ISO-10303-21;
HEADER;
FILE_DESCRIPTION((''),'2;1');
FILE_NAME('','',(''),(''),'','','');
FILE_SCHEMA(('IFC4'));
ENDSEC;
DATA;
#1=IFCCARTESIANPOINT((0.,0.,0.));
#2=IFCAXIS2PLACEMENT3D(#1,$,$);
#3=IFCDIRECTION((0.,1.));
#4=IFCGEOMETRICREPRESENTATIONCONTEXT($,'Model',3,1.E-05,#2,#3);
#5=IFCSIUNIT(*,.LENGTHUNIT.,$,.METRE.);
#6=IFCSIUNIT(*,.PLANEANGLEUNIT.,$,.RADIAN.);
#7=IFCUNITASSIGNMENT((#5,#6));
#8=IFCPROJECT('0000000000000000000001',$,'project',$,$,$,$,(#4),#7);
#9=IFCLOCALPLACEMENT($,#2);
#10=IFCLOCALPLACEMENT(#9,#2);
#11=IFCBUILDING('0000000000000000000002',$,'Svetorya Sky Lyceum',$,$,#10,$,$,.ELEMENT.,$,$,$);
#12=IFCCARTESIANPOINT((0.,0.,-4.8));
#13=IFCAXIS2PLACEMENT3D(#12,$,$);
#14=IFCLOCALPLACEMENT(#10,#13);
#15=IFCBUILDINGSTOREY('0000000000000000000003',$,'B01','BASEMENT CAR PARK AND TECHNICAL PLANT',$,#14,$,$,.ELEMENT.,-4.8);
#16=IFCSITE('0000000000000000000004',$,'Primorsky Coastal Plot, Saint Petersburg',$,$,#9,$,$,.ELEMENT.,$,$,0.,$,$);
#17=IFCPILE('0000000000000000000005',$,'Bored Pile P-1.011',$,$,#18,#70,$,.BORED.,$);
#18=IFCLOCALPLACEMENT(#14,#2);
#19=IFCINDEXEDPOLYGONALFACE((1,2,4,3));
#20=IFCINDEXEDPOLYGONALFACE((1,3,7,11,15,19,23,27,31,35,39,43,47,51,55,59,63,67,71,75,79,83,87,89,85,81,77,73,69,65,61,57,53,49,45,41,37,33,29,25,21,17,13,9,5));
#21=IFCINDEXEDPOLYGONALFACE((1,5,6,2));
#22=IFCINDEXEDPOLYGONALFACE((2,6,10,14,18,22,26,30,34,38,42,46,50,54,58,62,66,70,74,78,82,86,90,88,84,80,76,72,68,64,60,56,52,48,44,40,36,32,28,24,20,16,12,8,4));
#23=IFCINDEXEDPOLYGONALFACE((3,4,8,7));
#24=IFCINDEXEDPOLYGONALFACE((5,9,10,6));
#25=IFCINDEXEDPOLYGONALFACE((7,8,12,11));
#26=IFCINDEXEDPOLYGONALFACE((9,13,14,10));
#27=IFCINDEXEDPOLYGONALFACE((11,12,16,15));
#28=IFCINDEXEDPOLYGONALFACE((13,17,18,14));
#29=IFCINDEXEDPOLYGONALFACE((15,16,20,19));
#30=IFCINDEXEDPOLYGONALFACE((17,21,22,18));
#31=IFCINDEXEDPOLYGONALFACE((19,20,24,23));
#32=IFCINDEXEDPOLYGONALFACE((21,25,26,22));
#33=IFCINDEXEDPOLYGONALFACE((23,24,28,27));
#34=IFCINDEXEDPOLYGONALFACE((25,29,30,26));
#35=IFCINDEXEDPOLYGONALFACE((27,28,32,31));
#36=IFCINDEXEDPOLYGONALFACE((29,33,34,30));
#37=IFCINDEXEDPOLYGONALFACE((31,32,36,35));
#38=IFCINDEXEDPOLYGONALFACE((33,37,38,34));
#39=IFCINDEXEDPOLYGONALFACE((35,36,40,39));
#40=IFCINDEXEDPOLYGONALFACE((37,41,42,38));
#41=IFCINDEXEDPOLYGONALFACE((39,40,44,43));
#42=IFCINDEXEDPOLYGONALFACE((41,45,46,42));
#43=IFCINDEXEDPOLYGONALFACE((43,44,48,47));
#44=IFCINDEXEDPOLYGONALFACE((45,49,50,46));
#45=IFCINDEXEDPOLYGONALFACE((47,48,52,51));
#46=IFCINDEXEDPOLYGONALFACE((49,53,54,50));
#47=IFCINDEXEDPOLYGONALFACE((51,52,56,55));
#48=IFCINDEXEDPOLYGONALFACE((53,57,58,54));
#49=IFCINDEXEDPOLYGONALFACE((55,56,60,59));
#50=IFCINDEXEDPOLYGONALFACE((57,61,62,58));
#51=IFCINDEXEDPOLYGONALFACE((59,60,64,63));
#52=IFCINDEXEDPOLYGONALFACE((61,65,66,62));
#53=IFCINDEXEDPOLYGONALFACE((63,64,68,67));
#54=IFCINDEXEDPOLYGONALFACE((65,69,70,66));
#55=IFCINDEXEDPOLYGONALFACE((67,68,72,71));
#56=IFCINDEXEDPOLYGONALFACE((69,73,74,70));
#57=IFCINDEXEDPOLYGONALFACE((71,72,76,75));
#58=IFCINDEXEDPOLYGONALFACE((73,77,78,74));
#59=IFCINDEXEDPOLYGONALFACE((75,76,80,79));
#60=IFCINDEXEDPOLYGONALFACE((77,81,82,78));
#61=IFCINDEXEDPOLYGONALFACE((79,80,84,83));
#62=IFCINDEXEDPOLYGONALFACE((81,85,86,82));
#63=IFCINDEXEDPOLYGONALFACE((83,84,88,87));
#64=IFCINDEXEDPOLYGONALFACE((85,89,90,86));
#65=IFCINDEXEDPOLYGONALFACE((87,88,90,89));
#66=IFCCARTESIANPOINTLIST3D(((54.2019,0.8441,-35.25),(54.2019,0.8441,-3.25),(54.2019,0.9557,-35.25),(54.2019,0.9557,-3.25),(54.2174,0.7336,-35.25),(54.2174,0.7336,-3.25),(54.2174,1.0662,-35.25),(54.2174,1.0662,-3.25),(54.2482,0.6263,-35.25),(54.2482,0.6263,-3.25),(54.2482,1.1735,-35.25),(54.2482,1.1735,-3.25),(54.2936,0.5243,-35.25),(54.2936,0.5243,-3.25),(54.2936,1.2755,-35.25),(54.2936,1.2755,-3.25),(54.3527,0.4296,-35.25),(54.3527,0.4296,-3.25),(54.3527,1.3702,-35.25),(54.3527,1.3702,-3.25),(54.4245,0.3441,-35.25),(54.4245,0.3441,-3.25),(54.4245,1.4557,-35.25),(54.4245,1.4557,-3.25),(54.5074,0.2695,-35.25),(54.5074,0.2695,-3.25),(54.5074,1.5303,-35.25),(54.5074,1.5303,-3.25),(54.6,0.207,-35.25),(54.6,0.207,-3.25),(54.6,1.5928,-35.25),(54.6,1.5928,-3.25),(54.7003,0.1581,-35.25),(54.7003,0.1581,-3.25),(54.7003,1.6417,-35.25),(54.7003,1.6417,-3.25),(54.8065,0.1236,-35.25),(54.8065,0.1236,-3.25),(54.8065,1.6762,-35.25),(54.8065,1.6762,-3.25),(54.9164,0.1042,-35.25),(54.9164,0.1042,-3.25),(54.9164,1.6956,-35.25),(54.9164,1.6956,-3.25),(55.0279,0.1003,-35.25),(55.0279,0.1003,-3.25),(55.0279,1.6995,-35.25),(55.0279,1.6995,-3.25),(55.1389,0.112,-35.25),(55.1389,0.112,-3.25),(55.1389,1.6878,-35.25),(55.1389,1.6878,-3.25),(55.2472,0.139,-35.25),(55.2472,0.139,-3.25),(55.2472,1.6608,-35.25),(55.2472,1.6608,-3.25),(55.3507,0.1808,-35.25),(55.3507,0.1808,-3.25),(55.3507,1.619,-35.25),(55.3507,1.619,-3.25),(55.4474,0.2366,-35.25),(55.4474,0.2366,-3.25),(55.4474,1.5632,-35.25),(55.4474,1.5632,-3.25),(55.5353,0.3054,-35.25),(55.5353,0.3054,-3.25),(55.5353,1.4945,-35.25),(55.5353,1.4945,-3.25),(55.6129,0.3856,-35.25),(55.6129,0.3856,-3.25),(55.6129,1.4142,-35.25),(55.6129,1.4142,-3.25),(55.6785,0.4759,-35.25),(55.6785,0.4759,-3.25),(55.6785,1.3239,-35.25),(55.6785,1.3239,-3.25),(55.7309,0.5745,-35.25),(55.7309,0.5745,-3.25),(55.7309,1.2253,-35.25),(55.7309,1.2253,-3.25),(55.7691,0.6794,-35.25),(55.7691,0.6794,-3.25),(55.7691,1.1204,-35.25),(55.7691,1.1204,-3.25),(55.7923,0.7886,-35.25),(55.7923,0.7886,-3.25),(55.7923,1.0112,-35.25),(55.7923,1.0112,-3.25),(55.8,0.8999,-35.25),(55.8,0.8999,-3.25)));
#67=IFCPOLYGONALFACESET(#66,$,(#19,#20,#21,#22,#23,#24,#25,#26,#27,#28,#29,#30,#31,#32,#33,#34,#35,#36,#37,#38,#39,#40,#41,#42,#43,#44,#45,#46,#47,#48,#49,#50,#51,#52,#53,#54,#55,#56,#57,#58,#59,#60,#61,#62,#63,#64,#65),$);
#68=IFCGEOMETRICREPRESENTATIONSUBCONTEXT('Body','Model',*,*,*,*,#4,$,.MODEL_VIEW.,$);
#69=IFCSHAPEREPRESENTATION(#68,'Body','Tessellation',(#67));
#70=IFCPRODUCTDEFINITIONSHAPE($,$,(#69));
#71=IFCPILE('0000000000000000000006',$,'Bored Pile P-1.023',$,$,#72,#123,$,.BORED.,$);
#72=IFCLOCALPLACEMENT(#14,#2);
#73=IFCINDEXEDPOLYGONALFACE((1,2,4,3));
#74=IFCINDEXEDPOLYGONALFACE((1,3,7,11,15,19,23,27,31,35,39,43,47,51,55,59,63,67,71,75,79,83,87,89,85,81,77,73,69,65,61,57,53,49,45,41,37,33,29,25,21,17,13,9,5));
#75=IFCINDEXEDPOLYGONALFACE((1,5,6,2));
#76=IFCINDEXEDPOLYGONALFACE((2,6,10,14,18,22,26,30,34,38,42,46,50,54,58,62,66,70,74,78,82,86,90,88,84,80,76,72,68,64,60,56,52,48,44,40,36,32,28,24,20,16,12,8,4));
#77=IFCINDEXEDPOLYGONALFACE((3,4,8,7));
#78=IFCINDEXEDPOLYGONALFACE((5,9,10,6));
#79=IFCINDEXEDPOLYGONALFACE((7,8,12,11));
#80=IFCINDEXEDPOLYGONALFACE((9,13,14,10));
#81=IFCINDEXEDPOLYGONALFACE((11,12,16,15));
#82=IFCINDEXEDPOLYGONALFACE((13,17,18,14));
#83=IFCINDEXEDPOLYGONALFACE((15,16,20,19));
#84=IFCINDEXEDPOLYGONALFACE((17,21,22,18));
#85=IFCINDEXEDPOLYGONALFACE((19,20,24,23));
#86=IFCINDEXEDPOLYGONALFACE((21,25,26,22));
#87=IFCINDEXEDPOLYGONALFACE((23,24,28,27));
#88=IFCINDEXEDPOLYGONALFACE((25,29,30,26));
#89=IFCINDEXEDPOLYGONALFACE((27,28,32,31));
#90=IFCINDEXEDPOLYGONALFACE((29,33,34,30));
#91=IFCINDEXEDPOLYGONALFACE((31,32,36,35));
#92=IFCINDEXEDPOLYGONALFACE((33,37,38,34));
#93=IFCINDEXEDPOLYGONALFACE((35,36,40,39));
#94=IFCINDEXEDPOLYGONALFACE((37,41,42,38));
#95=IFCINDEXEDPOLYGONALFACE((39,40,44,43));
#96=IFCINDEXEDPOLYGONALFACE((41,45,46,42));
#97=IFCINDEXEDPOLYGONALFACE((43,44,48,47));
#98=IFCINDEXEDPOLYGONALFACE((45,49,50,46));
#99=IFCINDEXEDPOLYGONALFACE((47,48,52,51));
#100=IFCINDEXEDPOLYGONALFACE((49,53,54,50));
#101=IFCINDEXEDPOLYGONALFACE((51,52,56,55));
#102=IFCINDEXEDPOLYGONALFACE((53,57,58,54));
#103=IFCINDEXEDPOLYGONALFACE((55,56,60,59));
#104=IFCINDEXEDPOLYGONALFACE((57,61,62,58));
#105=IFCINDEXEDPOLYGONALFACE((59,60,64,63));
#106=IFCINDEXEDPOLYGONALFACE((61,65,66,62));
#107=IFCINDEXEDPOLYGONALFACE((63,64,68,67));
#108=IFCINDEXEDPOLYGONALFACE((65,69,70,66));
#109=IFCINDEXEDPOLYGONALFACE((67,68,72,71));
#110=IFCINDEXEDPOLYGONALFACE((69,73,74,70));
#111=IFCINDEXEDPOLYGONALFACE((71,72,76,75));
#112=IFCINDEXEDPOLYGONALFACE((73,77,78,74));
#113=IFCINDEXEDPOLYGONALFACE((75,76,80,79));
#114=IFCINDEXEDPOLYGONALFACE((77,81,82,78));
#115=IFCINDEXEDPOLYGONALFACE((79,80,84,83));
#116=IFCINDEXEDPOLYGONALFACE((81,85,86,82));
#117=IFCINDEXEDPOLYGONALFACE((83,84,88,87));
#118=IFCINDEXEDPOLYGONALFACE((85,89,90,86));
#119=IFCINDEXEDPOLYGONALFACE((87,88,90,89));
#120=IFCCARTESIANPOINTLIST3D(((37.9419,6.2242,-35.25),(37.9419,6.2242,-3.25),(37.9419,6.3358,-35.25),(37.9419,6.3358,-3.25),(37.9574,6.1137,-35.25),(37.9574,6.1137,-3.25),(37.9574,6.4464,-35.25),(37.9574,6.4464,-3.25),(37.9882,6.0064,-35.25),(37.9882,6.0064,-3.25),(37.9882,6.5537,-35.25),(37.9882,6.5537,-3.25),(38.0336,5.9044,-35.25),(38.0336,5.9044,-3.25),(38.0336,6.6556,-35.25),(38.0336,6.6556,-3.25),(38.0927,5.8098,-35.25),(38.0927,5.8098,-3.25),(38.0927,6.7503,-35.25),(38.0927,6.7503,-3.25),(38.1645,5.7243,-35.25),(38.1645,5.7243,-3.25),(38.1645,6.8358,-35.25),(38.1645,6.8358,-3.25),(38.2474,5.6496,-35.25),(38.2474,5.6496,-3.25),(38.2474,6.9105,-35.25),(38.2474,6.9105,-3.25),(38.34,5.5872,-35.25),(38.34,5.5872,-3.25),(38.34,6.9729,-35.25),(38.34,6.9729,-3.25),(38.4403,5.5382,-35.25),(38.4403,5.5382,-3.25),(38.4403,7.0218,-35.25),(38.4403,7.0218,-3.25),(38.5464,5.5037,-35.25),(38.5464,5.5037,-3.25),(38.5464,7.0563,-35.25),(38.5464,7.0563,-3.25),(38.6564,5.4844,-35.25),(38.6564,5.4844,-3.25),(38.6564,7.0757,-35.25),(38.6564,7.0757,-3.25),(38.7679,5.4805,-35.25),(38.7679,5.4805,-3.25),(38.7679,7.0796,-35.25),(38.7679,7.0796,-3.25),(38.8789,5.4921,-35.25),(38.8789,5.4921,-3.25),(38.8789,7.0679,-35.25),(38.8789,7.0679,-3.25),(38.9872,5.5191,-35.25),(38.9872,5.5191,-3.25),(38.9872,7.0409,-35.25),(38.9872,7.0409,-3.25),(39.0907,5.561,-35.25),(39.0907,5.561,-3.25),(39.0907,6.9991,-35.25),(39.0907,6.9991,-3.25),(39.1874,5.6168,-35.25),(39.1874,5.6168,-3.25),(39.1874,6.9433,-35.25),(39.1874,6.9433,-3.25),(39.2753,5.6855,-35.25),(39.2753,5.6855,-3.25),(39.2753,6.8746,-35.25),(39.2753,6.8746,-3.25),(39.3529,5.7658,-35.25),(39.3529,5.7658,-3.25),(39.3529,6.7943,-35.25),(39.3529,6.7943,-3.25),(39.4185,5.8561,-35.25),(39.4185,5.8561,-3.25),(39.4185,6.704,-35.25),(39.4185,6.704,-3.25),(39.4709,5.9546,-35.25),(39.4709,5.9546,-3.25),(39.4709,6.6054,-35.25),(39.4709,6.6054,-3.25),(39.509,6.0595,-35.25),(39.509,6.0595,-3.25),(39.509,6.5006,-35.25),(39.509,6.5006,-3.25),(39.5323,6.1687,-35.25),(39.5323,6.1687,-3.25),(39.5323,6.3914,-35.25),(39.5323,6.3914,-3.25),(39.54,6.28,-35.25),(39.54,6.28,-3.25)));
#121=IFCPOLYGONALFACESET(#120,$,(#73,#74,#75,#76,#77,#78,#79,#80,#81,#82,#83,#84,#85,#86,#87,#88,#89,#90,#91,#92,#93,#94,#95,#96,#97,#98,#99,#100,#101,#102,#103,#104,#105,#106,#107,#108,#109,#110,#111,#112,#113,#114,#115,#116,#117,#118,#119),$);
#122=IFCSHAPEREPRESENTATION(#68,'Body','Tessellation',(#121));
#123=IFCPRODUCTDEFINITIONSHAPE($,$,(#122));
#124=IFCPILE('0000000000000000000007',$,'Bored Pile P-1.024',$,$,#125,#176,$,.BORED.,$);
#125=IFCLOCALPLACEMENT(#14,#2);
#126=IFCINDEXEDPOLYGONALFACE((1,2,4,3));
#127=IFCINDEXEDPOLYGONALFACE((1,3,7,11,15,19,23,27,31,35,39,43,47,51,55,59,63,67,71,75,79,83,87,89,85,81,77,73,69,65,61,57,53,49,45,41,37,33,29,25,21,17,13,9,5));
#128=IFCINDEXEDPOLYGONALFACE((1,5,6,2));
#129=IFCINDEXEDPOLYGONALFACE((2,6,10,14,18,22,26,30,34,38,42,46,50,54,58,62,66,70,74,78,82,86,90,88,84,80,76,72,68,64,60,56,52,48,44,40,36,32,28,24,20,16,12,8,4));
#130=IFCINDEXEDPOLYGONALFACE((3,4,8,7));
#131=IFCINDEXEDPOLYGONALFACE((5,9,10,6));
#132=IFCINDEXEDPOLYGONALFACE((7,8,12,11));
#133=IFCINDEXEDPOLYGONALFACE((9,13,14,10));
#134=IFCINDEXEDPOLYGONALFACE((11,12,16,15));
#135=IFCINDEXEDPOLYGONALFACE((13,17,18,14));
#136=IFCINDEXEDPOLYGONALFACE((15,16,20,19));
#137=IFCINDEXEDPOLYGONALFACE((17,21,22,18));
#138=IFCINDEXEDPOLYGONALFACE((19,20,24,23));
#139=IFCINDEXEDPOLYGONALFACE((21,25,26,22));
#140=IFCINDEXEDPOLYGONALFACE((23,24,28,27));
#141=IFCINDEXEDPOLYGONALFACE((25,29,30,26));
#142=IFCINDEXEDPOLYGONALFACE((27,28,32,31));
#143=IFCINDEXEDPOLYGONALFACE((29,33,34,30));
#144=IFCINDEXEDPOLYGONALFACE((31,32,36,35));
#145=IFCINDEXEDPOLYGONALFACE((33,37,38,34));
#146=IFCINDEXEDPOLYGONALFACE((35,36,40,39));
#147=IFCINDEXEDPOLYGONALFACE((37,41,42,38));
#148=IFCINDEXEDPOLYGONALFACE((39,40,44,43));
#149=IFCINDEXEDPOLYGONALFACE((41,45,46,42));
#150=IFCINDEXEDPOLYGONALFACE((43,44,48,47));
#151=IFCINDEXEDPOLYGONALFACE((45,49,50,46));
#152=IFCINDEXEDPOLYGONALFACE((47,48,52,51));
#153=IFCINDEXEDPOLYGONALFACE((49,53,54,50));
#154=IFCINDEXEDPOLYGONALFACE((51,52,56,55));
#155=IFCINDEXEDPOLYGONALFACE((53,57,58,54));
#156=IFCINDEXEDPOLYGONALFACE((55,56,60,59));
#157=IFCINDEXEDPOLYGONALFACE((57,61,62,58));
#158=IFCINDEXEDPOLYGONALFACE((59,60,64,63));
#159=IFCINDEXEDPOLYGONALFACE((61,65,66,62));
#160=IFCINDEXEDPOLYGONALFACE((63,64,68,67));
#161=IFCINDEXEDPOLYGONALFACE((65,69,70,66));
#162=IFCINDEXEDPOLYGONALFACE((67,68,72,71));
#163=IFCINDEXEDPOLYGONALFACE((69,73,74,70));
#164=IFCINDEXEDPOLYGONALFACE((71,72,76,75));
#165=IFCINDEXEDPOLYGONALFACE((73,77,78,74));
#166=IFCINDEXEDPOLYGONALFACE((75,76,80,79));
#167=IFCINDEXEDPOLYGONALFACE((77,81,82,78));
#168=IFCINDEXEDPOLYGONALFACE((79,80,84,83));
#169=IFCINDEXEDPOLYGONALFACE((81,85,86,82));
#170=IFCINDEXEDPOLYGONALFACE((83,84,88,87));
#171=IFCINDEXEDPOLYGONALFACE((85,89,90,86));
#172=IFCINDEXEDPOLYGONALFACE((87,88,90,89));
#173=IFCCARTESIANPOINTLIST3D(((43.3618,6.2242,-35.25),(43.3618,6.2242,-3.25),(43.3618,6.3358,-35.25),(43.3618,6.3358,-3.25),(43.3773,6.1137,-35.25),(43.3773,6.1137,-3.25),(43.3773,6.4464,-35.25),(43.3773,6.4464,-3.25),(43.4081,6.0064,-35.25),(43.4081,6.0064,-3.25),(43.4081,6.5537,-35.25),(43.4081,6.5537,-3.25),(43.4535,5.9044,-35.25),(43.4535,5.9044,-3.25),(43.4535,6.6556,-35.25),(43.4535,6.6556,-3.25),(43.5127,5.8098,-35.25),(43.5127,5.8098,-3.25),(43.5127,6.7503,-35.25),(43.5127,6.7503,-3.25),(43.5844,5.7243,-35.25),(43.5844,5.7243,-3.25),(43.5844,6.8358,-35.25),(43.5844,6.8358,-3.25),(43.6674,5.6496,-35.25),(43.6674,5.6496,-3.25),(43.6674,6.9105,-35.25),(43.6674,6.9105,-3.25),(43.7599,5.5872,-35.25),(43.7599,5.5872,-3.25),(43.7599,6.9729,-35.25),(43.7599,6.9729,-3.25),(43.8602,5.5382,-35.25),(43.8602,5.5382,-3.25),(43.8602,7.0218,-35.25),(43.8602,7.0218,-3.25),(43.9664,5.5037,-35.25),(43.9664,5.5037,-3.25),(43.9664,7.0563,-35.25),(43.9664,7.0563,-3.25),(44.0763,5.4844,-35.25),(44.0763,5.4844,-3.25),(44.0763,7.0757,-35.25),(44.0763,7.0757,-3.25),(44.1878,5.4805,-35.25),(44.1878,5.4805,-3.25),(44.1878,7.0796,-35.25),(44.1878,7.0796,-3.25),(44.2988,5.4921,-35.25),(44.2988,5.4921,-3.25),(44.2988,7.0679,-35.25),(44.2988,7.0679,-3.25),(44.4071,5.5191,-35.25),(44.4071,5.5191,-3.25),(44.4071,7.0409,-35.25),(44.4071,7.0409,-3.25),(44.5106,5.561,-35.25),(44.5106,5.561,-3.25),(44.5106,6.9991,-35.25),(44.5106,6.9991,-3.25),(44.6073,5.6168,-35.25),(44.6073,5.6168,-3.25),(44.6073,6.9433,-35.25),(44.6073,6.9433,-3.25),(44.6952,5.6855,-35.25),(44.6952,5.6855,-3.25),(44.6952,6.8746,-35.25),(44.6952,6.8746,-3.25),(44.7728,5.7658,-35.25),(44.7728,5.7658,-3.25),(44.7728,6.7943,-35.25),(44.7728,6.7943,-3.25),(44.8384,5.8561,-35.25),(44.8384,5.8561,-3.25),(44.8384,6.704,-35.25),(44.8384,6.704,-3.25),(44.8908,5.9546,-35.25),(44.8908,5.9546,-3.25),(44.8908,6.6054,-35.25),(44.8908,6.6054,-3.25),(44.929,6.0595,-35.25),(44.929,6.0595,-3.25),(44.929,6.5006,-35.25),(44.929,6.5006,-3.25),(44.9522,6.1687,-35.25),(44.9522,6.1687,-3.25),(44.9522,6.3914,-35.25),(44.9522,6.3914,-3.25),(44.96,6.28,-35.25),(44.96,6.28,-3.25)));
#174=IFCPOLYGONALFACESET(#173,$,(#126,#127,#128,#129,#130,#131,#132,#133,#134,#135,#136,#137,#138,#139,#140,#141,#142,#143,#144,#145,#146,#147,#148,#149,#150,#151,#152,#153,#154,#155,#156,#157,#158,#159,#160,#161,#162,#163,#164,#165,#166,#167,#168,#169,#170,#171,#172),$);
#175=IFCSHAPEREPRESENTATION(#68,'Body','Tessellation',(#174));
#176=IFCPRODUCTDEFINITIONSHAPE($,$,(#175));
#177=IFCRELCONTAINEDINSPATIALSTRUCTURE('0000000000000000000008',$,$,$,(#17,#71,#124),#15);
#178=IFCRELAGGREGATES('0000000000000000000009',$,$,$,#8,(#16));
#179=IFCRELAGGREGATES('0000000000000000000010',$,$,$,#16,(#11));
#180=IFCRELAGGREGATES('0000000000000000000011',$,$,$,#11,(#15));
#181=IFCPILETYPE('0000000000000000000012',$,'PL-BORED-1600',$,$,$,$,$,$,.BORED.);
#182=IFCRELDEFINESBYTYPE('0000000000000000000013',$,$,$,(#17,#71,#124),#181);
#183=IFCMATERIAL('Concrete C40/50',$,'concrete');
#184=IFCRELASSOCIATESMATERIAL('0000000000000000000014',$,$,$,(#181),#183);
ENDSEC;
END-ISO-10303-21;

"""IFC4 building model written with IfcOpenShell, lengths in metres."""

from ifc_helpers import new_model, si_unit, direction, frame, origin, origin_2d, place, context, subcontext, project, spatial, circle, extrude, material, material_profile, profile_set, type_object, element, save


model = new_model("IFC4")

# Units and contexts
model_context = context("Model", 3, precision=1e-05, world=origin(), true_north=direction((0.0, 1.0)))
body_context = subcontext(model_context, "Body", "Model", "MODEL_VIEW")
ifc_project = project(units=[si_unit("LENGTHUNIT", "METRE"), si_unit("PLANEANGLEUNIT", "RADIAN")], contexts=[model_context])

# Site, building, storey
site_placement = place(None, origin())
site = spatial("IfcSite", under=ifc_project, at=site_placement, Name="Primorsky Coastal Plot, Saint Petersburg", CompositionType="ELEMENT", RefElevation=0.0)
building_placement = place(site_placement, origin())
building = spatial("IfcBuilding", under=site, at=building_placement, Name="Svetorya Sky Lyceum", CompositionType="ELEMENT")
storey_placement = place(building_placement, frame((0.0, 0.0, -4.8)))
storey = spatial("IfcBuildingStorey", under=building, at=storey_placement, Name="B01", Description="BASEMENT CAR PARK AND TECHNICAL PLANT", CompositionType="ELEMENT", Elevation=-4.8)

# Piles
ifc_material_1 = material(Name="Concrete C40/50", Category="concrete")
ifc_material_profile_1 = material_profile(ifc_material_1, circle(Radius=0.8, at=origin_2d()), Name="RC PILE D1600")
ifc_profile_set_1 = profile_set([ifc_material_profile_1], Name="Concrete C40/50")
pile_type = type_object("IfcPileType", Name="PL-BORED-1600", PredefinedType="BORED", material=ifc_profile_set_1)
for number, where, z_axis, x_axis, name in (
    (1, (55.0, 0.8999, -3.25), (0.0, 0.0, -1.0), (1.0, 0.0, 0.0), "Bored Pile P-1.011"),
    (2, (38.74, 6.28, -3.25), (0.0, 0.0, -1.0), (1.0, 0.0, 0.0), "Bored Pile P-1.023"),
    (3, (44.1599, 6.28, -3.25), (0.0, 0.0, -1.0), (1.0, 0.0, 0.0), "Bored Pile P-1.024"),
):
    element("IfcPile", number, at=place(storey_placement, frame(where, z_axis=z_axis, x_axis=x_axis)), inside=storey, type_object=pile_type, Name=name, PredefinedType="BORED", context=body_context, shape_type="SweptSolid", body=[
        extrude(circle(Radius=0.8, at=origin_2d()), origin(), (0.0, 0.0, 1.0), 32.0),
    ])

save(model, "model.ifc")
